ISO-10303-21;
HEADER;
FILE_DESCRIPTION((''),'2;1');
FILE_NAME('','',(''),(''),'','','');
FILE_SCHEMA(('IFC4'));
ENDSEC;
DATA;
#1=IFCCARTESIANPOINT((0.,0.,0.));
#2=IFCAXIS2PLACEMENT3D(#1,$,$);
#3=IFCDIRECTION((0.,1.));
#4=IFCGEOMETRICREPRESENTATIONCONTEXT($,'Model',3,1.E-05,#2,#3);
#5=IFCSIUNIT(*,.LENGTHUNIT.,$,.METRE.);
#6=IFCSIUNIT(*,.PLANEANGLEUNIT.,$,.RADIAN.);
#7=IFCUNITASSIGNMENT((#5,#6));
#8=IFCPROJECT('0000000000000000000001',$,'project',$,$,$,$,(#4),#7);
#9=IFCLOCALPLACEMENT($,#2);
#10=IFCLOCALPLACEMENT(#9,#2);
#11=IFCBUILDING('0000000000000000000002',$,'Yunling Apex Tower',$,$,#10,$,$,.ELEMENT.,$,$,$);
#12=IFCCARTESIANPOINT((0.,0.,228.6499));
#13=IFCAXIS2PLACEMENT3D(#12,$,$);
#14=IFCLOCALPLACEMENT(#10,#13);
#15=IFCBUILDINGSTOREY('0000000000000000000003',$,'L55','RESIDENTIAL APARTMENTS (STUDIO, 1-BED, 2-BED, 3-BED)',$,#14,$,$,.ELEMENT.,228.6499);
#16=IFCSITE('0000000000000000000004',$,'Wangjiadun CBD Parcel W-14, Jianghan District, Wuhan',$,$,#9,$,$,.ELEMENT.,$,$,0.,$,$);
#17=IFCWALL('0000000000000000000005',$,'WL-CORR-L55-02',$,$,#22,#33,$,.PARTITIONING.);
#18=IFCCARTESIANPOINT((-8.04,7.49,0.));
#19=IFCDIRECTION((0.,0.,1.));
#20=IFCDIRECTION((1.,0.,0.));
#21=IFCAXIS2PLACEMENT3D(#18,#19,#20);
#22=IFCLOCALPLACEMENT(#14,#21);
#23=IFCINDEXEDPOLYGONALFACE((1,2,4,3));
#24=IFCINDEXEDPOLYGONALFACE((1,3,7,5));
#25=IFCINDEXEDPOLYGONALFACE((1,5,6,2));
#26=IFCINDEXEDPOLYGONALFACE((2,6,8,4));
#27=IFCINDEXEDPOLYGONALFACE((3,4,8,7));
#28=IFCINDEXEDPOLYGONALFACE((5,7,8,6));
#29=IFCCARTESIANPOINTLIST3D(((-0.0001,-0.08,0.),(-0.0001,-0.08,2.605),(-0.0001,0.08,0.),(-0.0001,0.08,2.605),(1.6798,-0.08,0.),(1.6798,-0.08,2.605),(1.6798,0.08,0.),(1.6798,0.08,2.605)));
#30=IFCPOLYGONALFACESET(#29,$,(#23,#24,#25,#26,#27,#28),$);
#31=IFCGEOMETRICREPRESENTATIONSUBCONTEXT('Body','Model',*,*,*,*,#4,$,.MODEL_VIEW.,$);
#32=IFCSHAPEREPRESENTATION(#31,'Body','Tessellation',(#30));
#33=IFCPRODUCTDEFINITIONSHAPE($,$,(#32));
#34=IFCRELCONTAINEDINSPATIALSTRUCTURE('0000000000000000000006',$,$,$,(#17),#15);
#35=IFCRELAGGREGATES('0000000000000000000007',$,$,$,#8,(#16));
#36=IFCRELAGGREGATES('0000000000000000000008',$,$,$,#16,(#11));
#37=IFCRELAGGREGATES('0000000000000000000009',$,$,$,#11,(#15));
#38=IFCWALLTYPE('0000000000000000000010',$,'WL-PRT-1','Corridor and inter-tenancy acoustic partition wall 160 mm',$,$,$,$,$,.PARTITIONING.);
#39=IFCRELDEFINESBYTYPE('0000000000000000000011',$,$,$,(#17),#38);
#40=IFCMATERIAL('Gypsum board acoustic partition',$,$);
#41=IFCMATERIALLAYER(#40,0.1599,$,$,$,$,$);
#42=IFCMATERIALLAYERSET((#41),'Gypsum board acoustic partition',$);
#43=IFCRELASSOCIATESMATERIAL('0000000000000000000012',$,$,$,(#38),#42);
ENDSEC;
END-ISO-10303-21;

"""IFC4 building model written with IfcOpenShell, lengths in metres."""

from ifc_helpers import new_model, si_unit, direction, frame, frame_2d, origin, place, context, subcontext, project, spatial, rectangle, extrude, material, layer, layer_set, type_object, element, save


model = new_model("IFC4")

# Units and contexts
model_context = context("Model", 3, precision=1e-05, world=origin(), true_north=direction((0.0, 1.0)))
body_context = subcontext(model_context, "Body", "Model", "MODEL_VIEW")
ifc_project = project(units=[si_unit("LENGTHUNIT", "METRE"), si_unit("PLANEANGLEUNIT", "RADIAN")], contexts=[model_context])

# Site, building, storey
site_placement = place(None, origin())
site = spatial("IfcSite", under=ifc_project, at=site_placement, Name="Wangjiadun CBD Parcel W-14, Jianghan District, Wuhan", CompositionType="ELEMENT", RefElevation=0.0)
building_placement = place(site_placement, origin())
building = spatial("IfcBuilding", under=site, at=building_placement, Name="Yunling Apex Tower", CompositionType="ELEMENT")
storey_placement = place(building_placement, frame((0.0, 0.0, 228.6499)))
storey = spatial("IfcBuildingStorey", under=building, at=storey_placement, Name="L55", Description="RESIDENTIAL APARTMENTS (STUDIO, 1-BED, 2-BED, 3-BED)", CompositionType="ELEMENT", Elevation=228.6499)

# Shared definitions
ifc_material_1 = material(Name="Gypsum board acoustic partition")
ifc_layer_1 = layer(ifc_material_1, 0.1599)
ifc_layer_set_1 = layer_set([ifc_layer_1], Name="Gypsum board acoustic partition")
wall_type_1 = type_object("IfcWallType", Name="WL-PRT-1", Description="Corridor and inter-tenancy acoustic partition wall 160 mm", PredefinedType="PARTITIONING", material=ifc_layer_set_1)

# Wall
wall_1_placement = place(storey_placement, frame((-8.04, 7.49, 0.0), z_axis=(0.0, 0.0, 1.0), x_axis=(1.0, 0.0, 0.0)))
element("IfcWall", 1, at=wall_1_placement, inside=storey, type_object=wall_type_1, Name="WL-CORR-L55-02", PredefinedType="PARTITIONING", context=body_context, shape_type="SweptSolid", body=[
    extrude(rectangle(XDim=1.6799, YDim=0.1599, at=frame_2d((0.8398, 0.0))), origin(), (0.0, 0.0, 1.0), 2.605),
])

save(model, "model.ifc")
